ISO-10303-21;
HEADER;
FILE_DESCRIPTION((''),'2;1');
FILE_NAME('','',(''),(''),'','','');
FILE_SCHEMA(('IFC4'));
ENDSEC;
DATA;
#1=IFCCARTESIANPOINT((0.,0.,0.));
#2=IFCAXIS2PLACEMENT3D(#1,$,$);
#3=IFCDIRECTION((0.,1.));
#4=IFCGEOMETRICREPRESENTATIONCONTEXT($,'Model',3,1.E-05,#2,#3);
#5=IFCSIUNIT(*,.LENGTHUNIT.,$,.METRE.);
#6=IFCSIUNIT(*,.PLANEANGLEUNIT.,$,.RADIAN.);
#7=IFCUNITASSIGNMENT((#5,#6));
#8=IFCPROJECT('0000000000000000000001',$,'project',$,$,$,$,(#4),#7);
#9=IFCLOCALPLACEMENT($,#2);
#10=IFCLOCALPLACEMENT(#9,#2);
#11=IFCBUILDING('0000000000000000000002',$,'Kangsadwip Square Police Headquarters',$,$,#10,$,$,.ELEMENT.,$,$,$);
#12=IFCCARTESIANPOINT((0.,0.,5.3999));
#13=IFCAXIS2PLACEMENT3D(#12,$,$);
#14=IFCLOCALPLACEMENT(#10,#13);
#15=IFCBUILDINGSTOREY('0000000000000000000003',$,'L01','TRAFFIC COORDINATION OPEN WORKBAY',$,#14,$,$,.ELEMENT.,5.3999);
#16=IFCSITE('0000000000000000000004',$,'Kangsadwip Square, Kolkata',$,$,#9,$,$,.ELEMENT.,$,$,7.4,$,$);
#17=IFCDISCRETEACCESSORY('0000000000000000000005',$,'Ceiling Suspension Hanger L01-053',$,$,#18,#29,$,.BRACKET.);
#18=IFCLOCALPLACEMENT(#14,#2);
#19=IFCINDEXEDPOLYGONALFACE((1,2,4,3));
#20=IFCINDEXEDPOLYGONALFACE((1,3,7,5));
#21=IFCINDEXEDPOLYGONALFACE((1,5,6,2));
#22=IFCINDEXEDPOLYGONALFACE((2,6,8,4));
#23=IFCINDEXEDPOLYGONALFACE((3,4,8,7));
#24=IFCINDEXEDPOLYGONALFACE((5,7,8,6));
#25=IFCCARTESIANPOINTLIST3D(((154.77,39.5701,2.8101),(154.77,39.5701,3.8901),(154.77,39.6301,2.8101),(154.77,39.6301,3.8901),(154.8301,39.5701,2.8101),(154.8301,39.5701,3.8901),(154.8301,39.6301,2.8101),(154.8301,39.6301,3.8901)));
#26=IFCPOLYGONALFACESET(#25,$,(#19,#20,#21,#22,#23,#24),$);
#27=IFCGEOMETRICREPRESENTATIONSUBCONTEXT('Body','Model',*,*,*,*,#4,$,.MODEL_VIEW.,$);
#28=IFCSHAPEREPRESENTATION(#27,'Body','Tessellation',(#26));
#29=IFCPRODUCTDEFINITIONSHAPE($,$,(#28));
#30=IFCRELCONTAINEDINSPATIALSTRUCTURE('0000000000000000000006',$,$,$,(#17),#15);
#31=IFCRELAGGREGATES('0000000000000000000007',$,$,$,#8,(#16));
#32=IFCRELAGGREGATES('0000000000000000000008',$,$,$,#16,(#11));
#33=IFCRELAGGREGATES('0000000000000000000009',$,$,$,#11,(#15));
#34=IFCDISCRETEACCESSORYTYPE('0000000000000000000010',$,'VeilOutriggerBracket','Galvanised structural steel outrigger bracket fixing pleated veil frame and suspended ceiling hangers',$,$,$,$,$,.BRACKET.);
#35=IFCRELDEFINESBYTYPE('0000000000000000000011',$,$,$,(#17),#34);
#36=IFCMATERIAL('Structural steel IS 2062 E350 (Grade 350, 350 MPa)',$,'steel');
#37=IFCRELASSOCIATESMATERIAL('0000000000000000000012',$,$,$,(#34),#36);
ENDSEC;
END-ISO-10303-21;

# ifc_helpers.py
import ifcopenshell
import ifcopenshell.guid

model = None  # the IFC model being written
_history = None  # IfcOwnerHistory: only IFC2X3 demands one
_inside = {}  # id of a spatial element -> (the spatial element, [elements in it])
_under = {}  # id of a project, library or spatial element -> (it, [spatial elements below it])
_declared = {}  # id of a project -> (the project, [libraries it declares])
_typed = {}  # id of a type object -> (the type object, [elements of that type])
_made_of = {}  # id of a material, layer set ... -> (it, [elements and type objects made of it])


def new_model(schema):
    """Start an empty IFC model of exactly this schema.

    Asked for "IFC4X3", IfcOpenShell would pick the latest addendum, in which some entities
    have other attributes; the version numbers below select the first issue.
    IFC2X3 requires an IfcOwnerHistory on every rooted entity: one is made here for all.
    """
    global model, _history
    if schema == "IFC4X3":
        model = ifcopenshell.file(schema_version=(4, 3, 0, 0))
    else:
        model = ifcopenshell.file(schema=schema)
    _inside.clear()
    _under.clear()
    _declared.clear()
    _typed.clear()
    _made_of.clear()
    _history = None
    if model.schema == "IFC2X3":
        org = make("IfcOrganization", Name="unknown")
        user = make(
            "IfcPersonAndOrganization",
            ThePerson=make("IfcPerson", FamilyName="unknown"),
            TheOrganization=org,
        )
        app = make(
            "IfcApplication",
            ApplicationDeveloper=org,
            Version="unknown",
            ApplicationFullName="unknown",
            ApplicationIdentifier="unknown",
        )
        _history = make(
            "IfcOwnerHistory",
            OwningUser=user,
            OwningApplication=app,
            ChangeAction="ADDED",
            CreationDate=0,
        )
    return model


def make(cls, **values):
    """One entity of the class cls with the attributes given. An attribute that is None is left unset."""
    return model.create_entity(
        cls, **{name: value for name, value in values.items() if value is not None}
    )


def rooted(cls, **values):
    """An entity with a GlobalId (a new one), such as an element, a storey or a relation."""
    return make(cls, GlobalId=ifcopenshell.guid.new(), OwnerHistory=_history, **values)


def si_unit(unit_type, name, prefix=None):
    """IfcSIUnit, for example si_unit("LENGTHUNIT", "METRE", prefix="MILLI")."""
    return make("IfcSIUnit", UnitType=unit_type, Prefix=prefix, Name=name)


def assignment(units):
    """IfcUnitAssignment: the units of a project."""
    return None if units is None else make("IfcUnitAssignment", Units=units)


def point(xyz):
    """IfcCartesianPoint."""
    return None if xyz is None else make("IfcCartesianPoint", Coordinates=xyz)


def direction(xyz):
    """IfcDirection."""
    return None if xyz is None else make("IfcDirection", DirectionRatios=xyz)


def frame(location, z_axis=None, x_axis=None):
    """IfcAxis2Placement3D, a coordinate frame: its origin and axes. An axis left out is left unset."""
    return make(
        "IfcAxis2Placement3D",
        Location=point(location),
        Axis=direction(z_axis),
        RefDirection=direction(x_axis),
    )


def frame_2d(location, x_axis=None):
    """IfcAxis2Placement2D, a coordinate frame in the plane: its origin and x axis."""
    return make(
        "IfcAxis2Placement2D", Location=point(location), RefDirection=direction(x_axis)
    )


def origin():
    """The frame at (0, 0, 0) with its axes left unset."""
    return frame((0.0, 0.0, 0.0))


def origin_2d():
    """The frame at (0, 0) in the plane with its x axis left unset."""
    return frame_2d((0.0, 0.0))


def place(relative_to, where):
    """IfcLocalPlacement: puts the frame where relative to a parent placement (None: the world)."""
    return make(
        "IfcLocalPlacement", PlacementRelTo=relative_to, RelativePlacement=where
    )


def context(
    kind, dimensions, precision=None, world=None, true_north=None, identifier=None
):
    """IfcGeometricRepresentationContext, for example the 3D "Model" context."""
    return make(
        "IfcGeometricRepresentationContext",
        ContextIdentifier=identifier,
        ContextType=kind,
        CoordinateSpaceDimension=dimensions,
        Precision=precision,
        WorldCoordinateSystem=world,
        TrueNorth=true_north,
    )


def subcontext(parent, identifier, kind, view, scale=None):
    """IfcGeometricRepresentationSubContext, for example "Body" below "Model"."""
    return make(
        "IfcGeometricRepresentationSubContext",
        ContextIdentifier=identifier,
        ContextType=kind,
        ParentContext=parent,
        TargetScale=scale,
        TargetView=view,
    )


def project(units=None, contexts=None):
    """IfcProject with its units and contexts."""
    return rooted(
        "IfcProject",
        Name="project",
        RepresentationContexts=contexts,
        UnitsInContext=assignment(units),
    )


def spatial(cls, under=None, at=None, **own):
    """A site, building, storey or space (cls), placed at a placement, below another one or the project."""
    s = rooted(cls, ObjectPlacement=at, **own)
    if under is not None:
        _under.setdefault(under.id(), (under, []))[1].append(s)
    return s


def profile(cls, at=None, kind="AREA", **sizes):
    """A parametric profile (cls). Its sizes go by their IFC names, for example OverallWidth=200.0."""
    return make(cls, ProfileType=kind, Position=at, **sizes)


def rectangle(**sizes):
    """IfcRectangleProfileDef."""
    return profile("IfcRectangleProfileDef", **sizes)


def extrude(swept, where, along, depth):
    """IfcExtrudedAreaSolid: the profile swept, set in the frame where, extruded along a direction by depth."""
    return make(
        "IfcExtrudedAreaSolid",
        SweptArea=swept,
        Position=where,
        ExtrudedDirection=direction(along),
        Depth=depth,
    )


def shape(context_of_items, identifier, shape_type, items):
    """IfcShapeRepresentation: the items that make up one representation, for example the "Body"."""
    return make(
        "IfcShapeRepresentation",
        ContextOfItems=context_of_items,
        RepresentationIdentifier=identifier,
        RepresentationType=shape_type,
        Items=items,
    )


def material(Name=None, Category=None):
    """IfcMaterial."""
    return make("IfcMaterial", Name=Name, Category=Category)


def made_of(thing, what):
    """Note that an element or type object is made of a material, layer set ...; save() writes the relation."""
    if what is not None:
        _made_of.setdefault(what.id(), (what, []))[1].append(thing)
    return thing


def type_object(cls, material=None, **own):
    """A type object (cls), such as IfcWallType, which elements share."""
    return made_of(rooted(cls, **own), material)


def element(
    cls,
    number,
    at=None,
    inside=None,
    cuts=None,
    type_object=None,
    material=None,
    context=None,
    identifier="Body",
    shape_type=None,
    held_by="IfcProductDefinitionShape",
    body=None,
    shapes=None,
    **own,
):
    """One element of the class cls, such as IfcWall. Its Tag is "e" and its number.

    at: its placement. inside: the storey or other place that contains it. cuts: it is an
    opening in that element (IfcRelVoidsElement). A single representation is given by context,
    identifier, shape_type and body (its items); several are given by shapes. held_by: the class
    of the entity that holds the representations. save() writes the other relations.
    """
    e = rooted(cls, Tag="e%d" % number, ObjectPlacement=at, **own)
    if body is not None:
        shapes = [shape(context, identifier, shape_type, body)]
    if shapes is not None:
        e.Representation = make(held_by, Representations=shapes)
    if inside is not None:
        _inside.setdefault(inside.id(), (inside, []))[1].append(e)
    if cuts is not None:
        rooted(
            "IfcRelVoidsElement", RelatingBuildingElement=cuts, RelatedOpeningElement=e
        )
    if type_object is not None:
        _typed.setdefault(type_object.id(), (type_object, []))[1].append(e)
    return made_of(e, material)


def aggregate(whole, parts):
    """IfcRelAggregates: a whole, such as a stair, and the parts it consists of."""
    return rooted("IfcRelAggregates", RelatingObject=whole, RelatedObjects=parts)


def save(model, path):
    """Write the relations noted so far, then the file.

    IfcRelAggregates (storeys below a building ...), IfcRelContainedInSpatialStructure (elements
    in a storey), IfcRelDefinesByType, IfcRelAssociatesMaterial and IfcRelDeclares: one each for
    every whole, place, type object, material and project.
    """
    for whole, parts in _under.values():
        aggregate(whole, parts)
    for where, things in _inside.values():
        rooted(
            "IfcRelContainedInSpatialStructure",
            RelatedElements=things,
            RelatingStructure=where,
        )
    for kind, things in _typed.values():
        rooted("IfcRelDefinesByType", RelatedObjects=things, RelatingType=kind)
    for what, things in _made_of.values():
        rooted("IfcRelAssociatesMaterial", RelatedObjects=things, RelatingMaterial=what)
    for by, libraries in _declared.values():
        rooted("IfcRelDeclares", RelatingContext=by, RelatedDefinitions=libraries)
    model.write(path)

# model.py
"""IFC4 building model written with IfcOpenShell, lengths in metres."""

from ifc_helpers import new_model, si_unit, direction, frame, origin, origin_2d, place, context, subcontext, project, spatial, rectangle, extrude, material, type_object, element, save


model = new_model("IFC4")

# Units and contexts
model_context = context("Model", 3, precision=1e-05, world=origin(), true_north=direction((0.0, 1.0)))
body_context = subcontext(model_context, "Body", "Model", "MODEL_VIEW")
ifc_project = project(units=[si_unit("LENGTHUNIT", "METRE"), si_unit("PLANEANGLEUNIT", "RADIAN")], contexts=[model_context])

# Site, building, storey
site_placement = place(None, origin())
site = spatial("IfcSite", under=ifc_project, at=site_placement, Name="Kangsadwip Square, Kolkata", CompositionType="ELEMENT", RefElevation=7.4)
building_placement = place(site_placement, origin())
building = spatial("IfcBuilding", under=site, at=building_placement, Name="Kangsadwip Square Police Headquarters", CompositionType="ELEMENT")
storey_placement = place(building_placement, frame((0.0, 0.0, 5.3999)))
storey = spatial("IfcBuildingStorey", under=building, at=storey_placement, Name="L01", Description="TRAFFIC COORDINATION OPEN WORKBAY", CompositionType="ELEMENT", Elevation=5.3999)

# Discrete accessory
ifc_material_1 = material(Name="Structural steel IS 2062 E350 (Grade 350, 350 MPa)", Category="steel")
discrete_accessory_type = type_object("IfcDiscreteAccessoryType", Name="VeilOutriggerBracket", Description="Galvanised structural steel outrigger bracket fixing pleated veil frame and suspended ceiling hangers", PredefinedType="BRACKET", material=ifc_material_1)
for number, where, z_axis, x_axis, name in (
    (1, (154.8, 39.6001, 2.8101), (0.0, 0.0, 1.0), (1.0, 0.0, 0.0), "Ceiling Suspension Hanger L01-053"),
):
    element("IfcDiscreteAccessory", number, at=place(storey_placement, frame(where, z_axis=z_axis, x_axis=x_axis)), inside=storey, type_object=discrete_accessory_type, Name=name, PredefinedType="BRACKET", context=body_context, shape_type="SweptSolid", body=[
        extrude(rectangle(XDim=0.0601, YDim=0.0601, at=origin_2d()), origin(), (0.0, 0.0, 1.0), 1.0801),
    ])

save(model, "model.ifc")
